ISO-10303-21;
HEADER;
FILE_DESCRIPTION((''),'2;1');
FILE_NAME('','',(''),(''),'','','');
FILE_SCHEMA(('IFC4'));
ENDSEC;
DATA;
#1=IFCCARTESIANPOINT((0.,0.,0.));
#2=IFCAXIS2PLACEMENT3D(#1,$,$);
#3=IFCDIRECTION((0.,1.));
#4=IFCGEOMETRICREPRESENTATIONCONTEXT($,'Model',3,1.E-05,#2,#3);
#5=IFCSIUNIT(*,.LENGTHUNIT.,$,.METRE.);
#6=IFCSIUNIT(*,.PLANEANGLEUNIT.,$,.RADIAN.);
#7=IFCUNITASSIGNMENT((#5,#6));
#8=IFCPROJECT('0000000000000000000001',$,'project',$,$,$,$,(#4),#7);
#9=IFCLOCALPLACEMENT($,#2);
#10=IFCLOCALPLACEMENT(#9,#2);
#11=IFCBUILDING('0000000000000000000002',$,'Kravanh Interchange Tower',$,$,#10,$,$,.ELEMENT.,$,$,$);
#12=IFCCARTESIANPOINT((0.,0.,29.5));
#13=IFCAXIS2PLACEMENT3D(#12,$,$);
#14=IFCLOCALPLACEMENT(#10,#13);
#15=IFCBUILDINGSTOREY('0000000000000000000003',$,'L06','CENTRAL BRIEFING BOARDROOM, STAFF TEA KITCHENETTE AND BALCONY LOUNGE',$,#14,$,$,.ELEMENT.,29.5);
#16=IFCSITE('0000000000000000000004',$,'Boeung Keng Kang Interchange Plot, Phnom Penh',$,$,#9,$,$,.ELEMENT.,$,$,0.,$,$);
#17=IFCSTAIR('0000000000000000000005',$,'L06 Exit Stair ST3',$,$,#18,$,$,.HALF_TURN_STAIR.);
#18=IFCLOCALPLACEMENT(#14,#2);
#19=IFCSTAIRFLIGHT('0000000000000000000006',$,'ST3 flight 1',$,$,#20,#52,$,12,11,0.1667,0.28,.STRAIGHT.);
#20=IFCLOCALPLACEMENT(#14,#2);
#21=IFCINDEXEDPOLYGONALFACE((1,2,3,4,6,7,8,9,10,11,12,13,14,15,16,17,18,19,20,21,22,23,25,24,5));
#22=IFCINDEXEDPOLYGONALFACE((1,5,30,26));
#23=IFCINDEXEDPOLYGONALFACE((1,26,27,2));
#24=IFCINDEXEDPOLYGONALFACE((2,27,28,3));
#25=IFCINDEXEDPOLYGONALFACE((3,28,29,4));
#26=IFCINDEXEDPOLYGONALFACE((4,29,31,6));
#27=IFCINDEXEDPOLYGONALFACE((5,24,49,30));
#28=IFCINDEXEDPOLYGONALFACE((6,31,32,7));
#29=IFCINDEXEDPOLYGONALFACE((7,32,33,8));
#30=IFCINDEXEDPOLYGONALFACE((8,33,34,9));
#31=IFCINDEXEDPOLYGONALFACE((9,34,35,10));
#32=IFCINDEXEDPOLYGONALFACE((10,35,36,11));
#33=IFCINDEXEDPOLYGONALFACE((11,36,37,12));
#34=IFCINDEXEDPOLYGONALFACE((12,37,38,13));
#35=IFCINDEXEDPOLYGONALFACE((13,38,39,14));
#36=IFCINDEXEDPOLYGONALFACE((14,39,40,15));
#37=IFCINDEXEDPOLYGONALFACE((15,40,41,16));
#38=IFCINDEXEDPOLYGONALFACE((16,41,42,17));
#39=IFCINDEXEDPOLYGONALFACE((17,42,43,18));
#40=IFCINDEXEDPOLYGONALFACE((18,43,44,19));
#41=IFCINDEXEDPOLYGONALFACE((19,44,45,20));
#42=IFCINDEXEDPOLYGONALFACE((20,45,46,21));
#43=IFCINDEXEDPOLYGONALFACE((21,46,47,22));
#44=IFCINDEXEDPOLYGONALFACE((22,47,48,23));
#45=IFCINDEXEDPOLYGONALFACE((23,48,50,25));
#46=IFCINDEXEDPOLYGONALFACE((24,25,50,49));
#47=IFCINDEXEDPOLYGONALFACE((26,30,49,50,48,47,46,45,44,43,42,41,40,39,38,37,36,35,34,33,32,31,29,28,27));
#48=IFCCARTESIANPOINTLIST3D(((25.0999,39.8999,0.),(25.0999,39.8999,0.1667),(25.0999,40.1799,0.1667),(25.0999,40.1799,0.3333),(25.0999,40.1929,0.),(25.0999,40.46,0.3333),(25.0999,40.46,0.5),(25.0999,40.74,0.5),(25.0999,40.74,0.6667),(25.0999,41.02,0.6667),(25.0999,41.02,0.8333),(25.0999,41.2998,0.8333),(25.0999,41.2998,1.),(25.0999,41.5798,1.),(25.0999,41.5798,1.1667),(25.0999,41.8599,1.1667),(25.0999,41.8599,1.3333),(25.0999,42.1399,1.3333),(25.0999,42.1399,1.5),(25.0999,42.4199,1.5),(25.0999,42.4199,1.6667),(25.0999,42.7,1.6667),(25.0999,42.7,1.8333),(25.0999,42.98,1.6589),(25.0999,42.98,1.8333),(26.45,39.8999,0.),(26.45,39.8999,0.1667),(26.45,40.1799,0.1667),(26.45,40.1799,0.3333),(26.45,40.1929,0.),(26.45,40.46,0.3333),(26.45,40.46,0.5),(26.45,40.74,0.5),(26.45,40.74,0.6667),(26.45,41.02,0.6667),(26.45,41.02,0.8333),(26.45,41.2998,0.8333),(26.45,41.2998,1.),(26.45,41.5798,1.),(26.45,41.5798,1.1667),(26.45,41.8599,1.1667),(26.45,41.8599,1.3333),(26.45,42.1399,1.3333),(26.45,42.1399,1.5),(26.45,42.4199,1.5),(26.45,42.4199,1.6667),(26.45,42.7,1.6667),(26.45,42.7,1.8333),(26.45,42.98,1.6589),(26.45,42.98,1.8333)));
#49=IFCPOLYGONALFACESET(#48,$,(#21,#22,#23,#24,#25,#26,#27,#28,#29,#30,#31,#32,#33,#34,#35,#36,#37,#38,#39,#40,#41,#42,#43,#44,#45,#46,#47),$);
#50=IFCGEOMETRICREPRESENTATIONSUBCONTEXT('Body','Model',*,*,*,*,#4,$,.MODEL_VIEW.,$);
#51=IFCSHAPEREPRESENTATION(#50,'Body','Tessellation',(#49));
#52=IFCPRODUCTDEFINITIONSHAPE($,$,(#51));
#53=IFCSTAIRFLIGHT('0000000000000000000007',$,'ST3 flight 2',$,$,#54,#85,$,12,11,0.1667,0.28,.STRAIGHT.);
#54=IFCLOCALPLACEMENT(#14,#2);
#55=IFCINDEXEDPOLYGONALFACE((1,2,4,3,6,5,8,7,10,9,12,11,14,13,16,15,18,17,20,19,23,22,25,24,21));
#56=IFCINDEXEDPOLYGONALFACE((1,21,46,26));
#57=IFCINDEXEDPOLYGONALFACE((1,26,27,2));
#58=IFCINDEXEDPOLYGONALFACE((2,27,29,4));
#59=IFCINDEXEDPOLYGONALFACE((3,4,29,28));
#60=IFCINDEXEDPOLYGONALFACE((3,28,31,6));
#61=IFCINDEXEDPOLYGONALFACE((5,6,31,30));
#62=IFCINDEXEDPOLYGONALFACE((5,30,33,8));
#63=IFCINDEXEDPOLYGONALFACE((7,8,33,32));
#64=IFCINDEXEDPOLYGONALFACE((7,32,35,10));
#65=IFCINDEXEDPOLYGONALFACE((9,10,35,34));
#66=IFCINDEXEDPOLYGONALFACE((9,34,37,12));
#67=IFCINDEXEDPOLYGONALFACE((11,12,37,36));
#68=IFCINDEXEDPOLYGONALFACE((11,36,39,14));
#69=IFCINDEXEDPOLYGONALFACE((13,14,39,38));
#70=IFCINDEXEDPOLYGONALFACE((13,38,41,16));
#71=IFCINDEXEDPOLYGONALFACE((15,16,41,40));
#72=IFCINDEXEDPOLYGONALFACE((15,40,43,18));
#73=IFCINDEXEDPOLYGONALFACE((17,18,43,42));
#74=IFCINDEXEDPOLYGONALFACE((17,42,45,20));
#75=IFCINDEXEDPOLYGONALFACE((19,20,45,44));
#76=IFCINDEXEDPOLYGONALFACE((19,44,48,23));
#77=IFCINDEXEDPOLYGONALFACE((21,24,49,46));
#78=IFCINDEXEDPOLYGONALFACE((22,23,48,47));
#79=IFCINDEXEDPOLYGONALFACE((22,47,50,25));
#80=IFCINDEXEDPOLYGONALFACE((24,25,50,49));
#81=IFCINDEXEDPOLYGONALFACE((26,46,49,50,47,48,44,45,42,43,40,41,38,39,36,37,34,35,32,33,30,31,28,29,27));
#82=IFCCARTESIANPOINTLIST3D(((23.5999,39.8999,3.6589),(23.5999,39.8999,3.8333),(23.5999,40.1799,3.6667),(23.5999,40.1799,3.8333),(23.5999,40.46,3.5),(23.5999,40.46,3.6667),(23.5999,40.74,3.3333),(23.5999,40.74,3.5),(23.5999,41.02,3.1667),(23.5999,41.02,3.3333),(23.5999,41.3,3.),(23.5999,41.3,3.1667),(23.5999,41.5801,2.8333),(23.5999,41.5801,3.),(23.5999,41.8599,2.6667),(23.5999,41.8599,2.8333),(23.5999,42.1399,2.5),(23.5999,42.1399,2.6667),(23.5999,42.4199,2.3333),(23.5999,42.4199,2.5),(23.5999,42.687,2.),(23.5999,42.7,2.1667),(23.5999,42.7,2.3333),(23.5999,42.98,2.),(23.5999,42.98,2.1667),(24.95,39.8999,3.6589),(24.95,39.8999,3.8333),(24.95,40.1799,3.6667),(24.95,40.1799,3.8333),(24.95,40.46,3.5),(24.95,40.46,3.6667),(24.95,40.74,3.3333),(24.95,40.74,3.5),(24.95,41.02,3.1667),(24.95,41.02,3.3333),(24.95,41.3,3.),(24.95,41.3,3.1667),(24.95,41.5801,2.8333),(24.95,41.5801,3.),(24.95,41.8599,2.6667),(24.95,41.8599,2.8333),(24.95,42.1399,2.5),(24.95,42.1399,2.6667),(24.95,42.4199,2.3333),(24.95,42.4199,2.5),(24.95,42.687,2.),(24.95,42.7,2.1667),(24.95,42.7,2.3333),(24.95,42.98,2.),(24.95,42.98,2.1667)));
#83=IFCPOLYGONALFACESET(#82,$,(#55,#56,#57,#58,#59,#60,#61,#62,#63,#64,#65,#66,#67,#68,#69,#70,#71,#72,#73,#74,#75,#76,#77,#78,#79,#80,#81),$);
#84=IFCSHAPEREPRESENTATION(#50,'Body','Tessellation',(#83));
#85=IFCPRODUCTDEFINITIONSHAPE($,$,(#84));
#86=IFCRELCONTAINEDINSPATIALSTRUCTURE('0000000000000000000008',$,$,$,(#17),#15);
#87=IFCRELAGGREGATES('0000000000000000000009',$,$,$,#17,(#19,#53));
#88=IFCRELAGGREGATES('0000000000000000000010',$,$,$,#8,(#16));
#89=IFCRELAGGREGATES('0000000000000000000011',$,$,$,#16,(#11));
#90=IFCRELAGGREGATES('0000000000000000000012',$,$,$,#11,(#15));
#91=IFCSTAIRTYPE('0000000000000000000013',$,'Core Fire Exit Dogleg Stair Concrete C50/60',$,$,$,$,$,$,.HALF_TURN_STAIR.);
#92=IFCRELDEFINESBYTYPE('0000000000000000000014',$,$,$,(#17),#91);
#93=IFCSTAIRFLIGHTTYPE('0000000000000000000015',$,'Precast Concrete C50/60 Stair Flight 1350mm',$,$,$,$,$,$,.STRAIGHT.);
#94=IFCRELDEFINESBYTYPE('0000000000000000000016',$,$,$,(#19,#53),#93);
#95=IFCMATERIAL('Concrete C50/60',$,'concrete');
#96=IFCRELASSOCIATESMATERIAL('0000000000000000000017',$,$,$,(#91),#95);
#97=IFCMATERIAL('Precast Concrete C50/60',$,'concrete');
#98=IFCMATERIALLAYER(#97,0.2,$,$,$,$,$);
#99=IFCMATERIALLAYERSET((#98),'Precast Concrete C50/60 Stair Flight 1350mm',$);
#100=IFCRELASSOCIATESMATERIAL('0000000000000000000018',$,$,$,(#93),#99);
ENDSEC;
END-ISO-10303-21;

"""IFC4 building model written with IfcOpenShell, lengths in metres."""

from ifc_helpers import new_model, si_unit, direction, frame, origin, place, context, subcontext, project, spatial, polyline, outline, extrude, material, layer, layer_set, type_object, element, aggregate, save


model = new_model("IFC4")

# Units and contexts
model_context = context("Model", 3, precision=1e-05, world=origin(), true_north=direction((0.0, 1.0)))
body_context = subcontext(model_context, "Body", "Model", "MODEL_VIEW")
ifc_project = project(units=[si_unit("LENGTHUNIT", "METRE"), si_unit("PLANEANGLEUNIT", "RADIAN")], contexts=[model_context])

# Site, building, storey
site_placement = place(None, origin())
site = spatial("IfcSite", under=ifc_project, at=site_placement, Name="Boeung Keng Kang Interchange Plot, Phnom Penh", CompositionType="ELEMENT", RefElevation=0.0)
building_placement = place(site_placement, origin())
building = spatial("IfcBuilding", under=site, at=building_placement, Name="Kravanh Interchange Tower", CompositionType="ELEMENT")
storey_placement = place(building_placement, frame((0.0, 0.0, 29.5)))
storey = spatial("IfcBuildingStorey", under=building, at=storey_placement, Name="L06", Description="CENTRAL BRIEFING BOARDROOM, STAFF TEA KITCHENETTE AND BALCONY LOUNGE", CompositionType="ELEMENT", Elevation=29.5)

# Stair, stair flights
ifc_material_1 = material(Name="Concrete C50/60", Category="concrete")
stair_type = type_object("IfcStairType", Name="Core Fire Exit Dogleg Stair Concrete C50/60", PredefinedType="HALF_TURN_STAIR", material=ifc_material_1)
stair_placement = place(storey_placement, origin())
stair = element("IfcStair", 1, at=stair_placement, inside=storey, type_object=stair_type, Name="L06 Exit Stair ST3", PredefinedType="HALF_TURN_STAIR")
ifc_material_2 = material(Name="Precast Concrete C50/60", Category="concrete")
ifc_layer_1 = layer(ifc_material_2, 0.2)
ifc_layer_set_1 = layer_set([ifc_layer_1], Name="Precast Concrete C50/60 Stair Flight 1350mm")
stair_flight_type = type_object("IfcStairFlightType", Name="Precast Concrete C50/60 Stair Flight 1350mm", PredefinedType="STRAIGHT", material=ifc_layer_set_1)
stair_flight_1_placement = place(storey_placement, frame((25.7749, 39.8999, 0.0), z_axis=(0.0, 0.0, 1.0), x_axis=(0.0, 1.0, 0.0)))
stair_flight_1 = element("IfcStairFlight", 2, at=stair_flight_1_placement, type_object=stair_flight_type, Name="ST3 flight 1", NumberOfRisers=12, NumberOfTreads=11, PredefinedType="STRAIGHT", RiserHeight=0.1667, TreadLength=0.28, context=body_context, shape_type="SweptSolid", body=[
    extrude(outline(polyline([(0.0, 0.0), (0.0, 0.1667), (0.28, 0.1667), (0.28, 0.3333), (0.5601, 0.3333), (0.5601, 0.5), (0.8401, 0.5), (0.8401, 0.6667), (1.1201, 0.6667), (1.1201, 0.8333), (1.3999, 0.8333), (1.3999, 1.0), (1.6799, 1.0), (1.6799, 1.1667), (1.96, 1.1667), (1.96, 1.3333), (2.24, 1.3333), (2.24, 1.5), (2.52, 1.5), (2.52, 1.6667), (2.8, 1.6667), (2.8, 1.8333), (3.0801, 1.8333), (3.0801, 2.0), (3.0801, 1.6589), (0.293, 0.0), (0.0, 0.0)])), frame((0.0, 0.675, 0.0), z_axis=(0.0, -1.0, 0.0), x_axis=(1.0, 0.0, 0.0)), (0.0, 0.0, 1.0), 1.3501),
])
stair_flight_2_placement = place(storey_placement, frame((24.2749, 42.98, 2.0), z_axis=(0.0, 0.0, 1.0), x_axis=(0.0, -1.0, 0.0)))
stair_flight_2 = element("IfcStairFlight", 3, at=stair_flight_2_placement, type_object=stair_flight_type, Name="ST3 flight 2", NumberOfRisers=12, NumberOfTreads=11, PredefinedType="STRAIGHT", RiserHeight=0.1667, TreadLength=0.28, context=body_context, shape_type="SweptSolid", body=[
    extrude(outline(polyline([(0.0, 0.0), (0.0, 0.1667), (0.28, 0.1667), (0.28, 0.3333), (0.5601, 0.3333), (0.5601, 0.5), (0.8401, 0.5), (0.8401, 0.6667), (1.1201, 0.6667), (1.1201, 0.8333), (1.3999, 0.8333), (1.3999, 1.0), (1.6799, 1.0), (1.6799, 1.1667), (1.96, 1.1667), (1.96, 1.3333), (2.24, 1.3333), (2.24, 1.5), (2.52, 1.5), (2.52, 1.6667), (2.8, 1.6667), (2.8, 1.8333), (3.0801, 1.8333), (3.0801, 2.0), (3.0801, 1.6589), (0.293, 0.0), (0.0, 0.0)])), frame((0.0, 0.675, 0.0), z_axis=(0.0, -1.0, 0.0), x_axis=(1.0, 0.0, 0.0)), (0.0, 0.0, 1.0), 1.3501),
])
aggregate(stair, [stair_flight_1, stair_flight_2])

save(model, "model.ifc")
